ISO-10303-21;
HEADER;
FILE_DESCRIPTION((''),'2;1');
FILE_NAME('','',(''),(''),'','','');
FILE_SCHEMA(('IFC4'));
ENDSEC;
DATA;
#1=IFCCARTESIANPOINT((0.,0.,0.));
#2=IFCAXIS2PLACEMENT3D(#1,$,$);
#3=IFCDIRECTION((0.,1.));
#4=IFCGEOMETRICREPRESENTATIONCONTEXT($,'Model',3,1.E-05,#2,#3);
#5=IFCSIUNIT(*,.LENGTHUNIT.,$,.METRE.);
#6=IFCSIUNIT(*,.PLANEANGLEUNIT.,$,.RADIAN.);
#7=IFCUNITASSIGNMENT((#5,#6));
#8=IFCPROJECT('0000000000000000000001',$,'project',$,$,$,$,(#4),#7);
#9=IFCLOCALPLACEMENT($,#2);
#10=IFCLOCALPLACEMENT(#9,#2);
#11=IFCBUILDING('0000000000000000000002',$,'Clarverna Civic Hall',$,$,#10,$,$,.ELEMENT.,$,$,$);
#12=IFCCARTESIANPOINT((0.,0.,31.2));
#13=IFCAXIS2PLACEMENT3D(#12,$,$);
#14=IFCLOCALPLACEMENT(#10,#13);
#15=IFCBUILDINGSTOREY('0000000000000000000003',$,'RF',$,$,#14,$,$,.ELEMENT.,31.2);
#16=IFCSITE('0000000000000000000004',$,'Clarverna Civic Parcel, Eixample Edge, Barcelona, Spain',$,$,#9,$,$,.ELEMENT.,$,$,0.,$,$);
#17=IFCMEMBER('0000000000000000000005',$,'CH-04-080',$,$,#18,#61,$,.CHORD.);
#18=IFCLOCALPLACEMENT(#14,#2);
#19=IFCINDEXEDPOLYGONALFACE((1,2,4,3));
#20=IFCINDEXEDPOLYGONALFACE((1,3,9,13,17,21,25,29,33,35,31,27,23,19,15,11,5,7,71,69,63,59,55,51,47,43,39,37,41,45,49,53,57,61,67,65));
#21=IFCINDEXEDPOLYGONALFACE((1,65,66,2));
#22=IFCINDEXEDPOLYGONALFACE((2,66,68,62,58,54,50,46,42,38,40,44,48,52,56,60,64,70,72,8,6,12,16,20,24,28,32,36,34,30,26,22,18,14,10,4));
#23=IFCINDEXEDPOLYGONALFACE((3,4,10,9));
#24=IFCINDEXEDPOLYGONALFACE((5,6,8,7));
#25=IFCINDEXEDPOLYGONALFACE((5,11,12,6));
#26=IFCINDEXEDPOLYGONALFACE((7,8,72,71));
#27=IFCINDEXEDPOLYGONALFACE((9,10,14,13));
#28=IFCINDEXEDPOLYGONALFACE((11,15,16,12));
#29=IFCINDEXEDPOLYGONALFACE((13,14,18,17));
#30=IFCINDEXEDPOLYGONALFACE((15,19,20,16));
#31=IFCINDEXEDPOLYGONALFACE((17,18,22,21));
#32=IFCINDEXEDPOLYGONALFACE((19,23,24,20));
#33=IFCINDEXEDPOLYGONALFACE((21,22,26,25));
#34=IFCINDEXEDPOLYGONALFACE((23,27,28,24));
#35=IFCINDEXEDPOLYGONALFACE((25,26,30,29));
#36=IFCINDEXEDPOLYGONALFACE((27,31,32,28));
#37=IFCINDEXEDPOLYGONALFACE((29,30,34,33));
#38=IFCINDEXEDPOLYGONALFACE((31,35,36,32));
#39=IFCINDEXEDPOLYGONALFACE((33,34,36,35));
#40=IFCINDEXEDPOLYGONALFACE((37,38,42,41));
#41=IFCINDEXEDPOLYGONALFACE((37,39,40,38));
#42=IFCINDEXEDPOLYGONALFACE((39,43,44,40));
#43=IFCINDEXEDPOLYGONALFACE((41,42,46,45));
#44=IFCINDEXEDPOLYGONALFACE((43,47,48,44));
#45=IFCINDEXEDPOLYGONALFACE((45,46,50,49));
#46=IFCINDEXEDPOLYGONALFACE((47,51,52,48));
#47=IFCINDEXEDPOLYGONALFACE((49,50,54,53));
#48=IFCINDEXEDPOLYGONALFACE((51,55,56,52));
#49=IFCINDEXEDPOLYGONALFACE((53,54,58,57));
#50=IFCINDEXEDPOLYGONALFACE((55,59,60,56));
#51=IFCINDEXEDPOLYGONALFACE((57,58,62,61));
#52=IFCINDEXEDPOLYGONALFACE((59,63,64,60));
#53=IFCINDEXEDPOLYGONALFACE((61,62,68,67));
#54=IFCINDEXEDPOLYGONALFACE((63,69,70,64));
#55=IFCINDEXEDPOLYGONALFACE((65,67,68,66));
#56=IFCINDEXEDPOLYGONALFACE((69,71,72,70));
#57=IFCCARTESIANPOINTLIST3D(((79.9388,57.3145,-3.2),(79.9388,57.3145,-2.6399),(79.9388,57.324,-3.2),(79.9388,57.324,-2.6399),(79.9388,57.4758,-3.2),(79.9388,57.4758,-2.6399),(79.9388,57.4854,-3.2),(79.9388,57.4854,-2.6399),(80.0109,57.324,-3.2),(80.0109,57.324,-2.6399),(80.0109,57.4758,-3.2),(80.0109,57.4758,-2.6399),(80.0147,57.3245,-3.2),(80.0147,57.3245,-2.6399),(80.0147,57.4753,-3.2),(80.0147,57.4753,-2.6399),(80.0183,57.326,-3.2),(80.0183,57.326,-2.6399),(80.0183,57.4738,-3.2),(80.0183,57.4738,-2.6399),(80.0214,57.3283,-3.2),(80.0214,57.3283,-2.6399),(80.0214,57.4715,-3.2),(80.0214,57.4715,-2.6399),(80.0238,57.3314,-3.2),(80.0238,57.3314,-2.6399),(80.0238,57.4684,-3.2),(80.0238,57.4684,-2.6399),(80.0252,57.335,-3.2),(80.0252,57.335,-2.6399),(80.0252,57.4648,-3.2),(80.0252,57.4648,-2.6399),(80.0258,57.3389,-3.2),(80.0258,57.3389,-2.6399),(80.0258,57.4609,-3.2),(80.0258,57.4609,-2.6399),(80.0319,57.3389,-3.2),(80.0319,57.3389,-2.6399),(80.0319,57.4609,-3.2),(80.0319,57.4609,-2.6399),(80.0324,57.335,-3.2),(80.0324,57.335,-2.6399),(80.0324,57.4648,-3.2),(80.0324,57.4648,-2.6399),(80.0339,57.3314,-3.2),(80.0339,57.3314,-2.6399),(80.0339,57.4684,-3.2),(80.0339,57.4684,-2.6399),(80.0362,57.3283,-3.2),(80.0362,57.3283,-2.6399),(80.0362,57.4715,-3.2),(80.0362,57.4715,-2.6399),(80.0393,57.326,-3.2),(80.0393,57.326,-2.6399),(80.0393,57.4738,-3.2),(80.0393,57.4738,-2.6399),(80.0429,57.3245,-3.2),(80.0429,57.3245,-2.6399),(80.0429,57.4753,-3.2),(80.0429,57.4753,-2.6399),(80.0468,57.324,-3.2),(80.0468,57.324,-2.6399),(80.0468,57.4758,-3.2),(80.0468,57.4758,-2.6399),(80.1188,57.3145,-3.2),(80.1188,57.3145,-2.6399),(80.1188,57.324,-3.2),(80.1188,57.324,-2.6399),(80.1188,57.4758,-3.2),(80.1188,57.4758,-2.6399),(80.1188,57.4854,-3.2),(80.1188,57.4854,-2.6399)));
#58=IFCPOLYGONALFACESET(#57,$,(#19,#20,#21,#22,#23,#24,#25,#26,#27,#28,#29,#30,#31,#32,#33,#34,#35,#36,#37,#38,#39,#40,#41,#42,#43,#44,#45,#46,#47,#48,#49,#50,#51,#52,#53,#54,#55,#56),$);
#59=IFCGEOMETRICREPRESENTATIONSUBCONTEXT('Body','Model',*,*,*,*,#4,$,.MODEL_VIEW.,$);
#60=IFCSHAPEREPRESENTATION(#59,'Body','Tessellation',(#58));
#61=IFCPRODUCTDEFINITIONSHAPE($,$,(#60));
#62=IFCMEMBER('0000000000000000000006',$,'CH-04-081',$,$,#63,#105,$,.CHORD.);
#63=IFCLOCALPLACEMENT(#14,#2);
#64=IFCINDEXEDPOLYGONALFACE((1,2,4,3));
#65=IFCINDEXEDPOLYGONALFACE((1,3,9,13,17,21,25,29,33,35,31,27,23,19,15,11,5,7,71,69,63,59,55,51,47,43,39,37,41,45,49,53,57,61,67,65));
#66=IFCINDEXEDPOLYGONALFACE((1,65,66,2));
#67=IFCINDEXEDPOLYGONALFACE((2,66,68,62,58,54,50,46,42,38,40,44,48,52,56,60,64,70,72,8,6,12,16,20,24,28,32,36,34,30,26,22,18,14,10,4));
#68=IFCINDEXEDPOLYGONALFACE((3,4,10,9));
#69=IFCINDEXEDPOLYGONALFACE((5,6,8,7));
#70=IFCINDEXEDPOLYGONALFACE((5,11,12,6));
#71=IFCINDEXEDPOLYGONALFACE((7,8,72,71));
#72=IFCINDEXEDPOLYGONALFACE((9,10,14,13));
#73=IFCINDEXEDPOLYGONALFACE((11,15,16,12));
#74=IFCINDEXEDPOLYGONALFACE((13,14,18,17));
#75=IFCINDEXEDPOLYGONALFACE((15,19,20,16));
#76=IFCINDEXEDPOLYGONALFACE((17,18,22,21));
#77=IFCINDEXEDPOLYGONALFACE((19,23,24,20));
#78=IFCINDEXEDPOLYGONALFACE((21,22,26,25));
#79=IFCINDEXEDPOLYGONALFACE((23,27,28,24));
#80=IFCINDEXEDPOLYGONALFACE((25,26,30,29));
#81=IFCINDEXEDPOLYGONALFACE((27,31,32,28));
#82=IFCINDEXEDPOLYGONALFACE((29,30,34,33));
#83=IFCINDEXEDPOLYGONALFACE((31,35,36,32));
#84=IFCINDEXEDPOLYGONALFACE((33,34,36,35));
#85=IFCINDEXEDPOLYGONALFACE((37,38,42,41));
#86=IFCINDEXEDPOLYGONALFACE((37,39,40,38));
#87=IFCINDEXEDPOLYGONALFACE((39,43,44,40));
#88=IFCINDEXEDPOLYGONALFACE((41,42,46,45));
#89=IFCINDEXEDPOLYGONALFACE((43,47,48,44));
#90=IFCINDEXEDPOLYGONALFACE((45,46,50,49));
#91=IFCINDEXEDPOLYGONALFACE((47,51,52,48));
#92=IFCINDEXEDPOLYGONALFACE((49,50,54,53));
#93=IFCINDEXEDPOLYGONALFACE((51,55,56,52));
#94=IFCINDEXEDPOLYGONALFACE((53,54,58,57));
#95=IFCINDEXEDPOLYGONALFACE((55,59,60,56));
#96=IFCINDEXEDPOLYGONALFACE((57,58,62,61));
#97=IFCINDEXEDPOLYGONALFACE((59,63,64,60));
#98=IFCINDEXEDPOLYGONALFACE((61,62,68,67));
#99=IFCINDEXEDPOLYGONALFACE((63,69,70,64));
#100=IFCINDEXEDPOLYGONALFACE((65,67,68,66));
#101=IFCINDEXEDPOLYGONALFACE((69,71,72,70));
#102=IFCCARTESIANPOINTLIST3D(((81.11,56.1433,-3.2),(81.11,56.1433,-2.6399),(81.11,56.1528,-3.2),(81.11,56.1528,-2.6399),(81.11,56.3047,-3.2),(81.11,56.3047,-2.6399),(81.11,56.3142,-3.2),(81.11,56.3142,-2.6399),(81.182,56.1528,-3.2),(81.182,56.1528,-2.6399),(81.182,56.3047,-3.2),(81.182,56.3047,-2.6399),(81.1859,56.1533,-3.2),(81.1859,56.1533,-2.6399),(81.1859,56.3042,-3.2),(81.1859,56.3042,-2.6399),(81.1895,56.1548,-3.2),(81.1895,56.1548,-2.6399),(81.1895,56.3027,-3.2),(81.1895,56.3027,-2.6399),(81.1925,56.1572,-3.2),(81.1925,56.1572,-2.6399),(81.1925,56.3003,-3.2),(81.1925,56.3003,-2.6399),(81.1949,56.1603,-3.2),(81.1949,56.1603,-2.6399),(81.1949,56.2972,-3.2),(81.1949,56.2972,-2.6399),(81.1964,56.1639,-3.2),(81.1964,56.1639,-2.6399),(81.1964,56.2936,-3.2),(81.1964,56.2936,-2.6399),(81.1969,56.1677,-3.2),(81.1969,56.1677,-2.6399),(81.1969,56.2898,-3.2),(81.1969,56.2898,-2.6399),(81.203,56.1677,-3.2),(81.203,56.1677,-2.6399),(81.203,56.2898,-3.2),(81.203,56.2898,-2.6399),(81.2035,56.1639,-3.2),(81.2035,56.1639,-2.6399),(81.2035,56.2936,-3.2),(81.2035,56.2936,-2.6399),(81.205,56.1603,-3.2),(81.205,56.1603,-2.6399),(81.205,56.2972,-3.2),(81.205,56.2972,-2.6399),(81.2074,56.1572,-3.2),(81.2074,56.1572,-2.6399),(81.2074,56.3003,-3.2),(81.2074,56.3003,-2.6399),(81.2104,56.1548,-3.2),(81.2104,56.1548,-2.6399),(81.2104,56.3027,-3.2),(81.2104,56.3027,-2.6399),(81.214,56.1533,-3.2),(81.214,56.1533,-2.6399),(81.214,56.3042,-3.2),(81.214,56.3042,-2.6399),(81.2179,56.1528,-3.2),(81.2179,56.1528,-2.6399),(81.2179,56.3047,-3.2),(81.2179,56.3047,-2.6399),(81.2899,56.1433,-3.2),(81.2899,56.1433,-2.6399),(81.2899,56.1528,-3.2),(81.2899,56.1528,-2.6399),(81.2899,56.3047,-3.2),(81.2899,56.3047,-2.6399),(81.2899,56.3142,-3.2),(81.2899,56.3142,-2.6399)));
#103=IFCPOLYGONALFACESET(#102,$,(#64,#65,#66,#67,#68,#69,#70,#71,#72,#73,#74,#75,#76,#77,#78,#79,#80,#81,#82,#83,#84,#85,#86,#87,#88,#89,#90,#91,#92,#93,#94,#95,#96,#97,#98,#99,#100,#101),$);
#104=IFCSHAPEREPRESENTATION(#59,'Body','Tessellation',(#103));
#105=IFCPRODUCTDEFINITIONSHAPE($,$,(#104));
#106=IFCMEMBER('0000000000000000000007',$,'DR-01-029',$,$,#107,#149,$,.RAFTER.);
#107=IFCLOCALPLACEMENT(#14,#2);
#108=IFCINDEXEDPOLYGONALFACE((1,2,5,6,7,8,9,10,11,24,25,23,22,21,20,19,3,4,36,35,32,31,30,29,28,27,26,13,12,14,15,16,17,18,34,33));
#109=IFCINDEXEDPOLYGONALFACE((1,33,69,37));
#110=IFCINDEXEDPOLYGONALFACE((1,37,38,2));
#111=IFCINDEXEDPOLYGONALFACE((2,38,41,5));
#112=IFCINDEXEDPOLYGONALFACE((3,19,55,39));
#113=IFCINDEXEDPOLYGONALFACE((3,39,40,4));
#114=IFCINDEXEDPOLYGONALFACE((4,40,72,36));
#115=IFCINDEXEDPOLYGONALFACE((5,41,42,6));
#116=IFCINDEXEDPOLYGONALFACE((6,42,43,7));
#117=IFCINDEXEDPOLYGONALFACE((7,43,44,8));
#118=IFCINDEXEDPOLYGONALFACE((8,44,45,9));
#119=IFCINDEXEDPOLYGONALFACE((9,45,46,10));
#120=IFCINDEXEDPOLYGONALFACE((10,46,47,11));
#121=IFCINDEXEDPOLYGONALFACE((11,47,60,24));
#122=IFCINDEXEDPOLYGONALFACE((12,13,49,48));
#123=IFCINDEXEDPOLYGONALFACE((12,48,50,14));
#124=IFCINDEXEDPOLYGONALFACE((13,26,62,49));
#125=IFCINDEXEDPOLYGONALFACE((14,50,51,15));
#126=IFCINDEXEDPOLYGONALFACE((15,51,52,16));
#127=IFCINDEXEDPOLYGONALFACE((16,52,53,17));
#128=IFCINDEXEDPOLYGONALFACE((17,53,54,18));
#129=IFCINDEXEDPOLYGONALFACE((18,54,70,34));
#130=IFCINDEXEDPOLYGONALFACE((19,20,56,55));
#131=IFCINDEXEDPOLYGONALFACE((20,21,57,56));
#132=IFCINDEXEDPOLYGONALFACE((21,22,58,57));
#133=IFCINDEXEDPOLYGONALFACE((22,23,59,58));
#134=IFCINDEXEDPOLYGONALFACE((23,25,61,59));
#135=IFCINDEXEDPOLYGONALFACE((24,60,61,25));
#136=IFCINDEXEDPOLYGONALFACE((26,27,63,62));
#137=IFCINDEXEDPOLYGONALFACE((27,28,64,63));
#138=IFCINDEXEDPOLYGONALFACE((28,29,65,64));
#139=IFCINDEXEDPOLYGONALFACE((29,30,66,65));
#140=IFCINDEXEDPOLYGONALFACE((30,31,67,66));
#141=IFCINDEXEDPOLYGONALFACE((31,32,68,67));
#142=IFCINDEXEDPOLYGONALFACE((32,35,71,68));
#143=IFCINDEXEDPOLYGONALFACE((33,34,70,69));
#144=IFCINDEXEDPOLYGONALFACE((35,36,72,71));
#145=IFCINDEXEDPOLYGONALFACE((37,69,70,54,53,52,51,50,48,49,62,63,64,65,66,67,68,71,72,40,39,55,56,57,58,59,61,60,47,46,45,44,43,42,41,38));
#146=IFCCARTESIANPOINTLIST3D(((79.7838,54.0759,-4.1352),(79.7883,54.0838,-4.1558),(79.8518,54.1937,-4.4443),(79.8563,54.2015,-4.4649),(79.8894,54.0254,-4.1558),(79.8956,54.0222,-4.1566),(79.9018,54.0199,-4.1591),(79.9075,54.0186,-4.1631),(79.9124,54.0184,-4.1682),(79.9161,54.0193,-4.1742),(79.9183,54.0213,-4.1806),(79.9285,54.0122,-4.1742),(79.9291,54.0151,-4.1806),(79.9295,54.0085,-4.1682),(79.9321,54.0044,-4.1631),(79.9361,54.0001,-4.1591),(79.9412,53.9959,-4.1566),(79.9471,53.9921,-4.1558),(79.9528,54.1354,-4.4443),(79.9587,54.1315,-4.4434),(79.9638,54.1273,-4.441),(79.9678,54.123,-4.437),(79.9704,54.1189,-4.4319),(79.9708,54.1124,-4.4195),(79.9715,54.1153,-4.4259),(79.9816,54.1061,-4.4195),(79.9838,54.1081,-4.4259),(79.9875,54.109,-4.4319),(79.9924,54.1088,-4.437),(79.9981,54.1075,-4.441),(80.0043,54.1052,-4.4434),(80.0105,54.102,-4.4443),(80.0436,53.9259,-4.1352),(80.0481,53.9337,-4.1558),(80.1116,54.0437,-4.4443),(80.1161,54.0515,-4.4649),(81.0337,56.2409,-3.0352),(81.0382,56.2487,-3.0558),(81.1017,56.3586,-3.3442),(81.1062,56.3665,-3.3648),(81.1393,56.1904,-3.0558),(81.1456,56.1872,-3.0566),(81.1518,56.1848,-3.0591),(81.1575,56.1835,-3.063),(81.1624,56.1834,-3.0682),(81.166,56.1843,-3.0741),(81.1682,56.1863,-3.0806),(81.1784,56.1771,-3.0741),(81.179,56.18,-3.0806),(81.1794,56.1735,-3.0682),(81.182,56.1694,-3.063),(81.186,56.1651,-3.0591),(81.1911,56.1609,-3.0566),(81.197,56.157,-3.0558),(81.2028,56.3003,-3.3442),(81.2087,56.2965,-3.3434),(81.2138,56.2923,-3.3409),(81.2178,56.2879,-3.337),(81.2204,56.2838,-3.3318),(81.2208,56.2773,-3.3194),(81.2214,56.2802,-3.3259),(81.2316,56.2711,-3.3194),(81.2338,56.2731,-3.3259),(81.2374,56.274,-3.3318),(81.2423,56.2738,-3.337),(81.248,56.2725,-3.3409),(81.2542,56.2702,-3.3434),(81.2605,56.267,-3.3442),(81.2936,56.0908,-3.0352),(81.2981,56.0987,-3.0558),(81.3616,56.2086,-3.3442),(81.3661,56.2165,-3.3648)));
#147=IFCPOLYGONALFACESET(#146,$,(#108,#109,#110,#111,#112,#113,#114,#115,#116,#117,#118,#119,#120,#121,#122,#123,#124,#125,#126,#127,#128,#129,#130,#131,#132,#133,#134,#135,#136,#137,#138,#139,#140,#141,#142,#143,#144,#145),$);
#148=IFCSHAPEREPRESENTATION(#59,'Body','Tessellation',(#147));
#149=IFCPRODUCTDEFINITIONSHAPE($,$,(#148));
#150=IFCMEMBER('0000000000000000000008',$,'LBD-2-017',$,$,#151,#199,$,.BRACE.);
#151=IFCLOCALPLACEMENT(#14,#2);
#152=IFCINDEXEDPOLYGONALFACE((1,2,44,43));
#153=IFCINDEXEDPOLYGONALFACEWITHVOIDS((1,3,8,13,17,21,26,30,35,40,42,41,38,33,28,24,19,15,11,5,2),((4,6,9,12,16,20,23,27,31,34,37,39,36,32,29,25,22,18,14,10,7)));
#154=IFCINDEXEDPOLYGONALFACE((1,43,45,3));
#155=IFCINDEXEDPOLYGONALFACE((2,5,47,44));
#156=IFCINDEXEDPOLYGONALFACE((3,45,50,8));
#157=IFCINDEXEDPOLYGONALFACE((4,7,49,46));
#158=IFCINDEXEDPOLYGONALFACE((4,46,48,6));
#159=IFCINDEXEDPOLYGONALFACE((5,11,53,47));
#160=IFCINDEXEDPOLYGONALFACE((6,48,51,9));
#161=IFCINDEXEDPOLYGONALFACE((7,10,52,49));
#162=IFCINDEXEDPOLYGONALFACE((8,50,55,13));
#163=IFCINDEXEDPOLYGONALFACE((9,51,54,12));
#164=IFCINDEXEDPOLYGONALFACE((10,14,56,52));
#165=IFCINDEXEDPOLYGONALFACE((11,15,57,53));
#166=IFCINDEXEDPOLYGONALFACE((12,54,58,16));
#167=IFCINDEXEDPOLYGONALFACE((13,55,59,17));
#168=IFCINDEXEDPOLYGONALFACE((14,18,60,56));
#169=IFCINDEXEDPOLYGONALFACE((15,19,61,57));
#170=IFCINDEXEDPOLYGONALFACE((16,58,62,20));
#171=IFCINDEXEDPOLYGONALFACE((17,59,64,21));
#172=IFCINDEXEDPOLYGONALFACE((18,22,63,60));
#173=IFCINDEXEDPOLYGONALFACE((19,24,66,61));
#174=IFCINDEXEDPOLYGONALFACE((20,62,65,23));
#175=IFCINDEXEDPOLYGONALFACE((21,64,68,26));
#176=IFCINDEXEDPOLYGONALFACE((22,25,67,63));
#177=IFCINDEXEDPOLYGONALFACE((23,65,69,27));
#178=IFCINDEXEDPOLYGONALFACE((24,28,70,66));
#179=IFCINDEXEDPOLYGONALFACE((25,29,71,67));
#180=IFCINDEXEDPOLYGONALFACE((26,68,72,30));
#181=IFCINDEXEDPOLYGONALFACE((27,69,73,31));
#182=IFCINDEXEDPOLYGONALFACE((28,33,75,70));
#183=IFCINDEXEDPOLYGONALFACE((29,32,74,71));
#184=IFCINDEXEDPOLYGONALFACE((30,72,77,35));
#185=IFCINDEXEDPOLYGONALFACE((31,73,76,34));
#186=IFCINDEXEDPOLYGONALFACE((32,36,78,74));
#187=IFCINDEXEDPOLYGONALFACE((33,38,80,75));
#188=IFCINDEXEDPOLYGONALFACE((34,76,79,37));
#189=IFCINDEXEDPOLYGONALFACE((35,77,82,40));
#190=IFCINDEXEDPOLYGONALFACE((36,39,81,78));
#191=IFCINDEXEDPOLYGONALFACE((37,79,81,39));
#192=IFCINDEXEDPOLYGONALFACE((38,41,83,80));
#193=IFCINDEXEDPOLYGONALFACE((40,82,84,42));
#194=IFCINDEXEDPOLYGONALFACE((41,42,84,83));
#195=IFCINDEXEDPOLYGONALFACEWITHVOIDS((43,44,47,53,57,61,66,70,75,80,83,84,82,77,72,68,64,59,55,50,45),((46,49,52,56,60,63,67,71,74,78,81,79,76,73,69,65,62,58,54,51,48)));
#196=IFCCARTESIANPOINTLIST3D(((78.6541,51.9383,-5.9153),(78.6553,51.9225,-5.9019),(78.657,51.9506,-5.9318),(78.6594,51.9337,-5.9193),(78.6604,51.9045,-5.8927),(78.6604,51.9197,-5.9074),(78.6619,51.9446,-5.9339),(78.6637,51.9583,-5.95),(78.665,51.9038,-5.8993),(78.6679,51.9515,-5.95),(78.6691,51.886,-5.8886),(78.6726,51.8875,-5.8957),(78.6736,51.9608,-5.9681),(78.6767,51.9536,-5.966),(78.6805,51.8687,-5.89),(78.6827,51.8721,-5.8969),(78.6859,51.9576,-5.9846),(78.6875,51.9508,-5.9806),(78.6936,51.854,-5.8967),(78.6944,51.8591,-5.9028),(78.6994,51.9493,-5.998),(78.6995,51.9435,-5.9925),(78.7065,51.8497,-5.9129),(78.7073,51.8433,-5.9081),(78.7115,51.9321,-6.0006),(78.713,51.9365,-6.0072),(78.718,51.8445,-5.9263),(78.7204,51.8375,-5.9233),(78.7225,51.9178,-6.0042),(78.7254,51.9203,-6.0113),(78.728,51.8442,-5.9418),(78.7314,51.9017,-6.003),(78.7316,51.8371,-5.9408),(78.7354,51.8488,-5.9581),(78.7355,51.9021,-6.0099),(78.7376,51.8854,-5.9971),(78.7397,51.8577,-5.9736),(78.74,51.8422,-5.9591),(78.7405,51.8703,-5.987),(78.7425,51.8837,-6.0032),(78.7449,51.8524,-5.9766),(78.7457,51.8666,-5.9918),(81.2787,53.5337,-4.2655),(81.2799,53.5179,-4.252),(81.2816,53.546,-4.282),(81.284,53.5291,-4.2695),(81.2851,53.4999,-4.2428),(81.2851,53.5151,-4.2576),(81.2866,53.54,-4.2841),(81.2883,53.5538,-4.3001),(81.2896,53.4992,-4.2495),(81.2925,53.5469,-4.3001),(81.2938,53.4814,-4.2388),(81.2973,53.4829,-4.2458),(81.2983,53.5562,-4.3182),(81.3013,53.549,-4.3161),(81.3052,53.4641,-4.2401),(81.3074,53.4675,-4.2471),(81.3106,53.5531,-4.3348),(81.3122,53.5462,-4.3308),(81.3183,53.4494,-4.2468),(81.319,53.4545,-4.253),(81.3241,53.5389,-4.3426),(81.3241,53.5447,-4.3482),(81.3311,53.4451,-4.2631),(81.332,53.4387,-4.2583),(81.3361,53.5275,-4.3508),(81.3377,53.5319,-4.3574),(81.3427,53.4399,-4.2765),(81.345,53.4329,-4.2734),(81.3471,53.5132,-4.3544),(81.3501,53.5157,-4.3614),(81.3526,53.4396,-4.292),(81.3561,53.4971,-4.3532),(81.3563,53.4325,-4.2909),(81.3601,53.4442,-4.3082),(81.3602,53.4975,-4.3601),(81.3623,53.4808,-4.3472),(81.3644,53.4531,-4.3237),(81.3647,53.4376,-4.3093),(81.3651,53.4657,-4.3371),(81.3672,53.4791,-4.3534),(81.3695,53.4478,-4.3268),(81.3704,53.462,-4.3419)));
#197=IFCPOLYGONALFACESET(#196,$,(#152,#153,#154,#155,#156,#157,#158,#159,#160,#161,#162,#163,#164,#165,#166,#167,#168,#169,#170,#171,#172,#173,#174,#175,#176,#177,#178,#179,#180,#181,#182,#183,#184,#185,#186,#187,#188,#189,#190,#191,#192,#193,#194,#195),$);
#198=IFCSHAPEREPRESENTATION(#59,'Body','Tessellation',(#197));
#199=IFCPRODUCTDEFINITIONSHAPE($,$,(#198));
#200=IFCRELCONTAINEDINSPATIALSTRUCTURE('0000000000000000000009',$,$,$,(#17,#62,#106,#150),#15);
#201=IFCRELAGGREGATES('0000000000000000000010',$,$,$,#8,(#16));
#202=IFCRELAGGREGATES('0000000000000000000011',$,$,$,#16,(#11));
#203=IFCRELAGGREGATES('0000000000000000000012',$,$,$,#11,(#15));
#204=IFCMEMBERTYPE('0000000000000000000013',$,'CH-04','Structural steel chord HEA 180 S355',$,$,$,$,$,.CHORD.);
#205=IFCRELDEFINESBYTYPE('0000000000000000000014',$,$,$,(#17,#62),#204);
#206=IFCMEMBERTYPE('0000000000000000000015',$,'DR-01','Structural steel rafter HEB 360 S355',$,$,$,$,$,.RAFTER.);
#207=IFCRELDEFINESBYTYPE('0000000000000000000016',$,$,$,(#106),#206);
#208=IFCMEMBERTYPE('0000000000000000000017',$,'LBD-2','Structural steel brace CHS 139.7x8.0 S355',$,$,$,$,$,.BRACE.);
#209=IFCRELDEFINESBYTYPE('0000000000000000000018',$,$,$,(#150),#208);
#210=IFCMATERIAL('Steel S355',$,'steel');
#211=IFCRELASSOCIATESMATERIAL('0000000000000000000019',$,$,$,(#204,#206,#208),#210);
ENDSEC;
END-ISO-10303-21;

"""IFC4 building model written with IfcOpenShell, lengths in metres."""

from ifc_helpers import new_model, si_unit, direction, frame, origin, origin_2d, place, context, subcontext, project, spatial, hollow_circle, i_section, extrude, material, material_profile, profile_set, type_object, element, save


model = new_model("IFC4")

# Units and contexts
model_context = context("Model", 3, precision=1e-05, world=origin(), true_north=direction((0.0, 1.0)))
body_context = subcontext(model_context, "Body", "Model", "MODEL_VIEW")
ifc_project = project(units=[si_unit("LENGTHUNIT", "METRE"), si_unit("PLANEANGLEUNIT", "RADIAN")], contexts=[model_context])

# Site, building, storey
site_placement = place(None, origin())
site = spatial("IfcSite", under=ifc_project, at=site_placement, Name="Clarverna Civic Parcel, Eixample Edge, Barcelona, Spain", CompositionType="ELEMENT", RefElevation=0.0)
building_placement = place(site_placement, origin())
building = spatial("IfcBuilding", under=site, at=building_placement, Name="Clarverna Civic Hall", CompositionType="ELEMENT")
storey_placement = place(building_placement, frame((0.0, 0.0, 31.2)))
storey = spatial("IfcBuildingStorey", under=building, at=storey_placement, Name="RF", CompositionType="ELEMENT", Elevation=31.2)

# Members
ifc_material_1 = material(Name="Steel S355", Category="steel")
ifc_material_profile_1 = material_profile(ifc_material_1, i_section(OverallWidth=0.1799, OverallDepth=0.1709, WebThickness=0.0061, FlangeThickness=0.0095, FilletRadius=0.0149, at=origin_2d()), Name="HEA 180")
ifc_profile_set_1 = profile_set([ifc_material_profile_1], Name="Steel S355")
member_type_1 = type_object("IfcMemberType", Name="CH-04", Description="Structural steel chord HEA 180 S355", PredefinedType="CHORD", material=ifc_profile_set_1)
for number, where, z_axis, x_axis, name in (
    (1, (80.0288, 57.3999, -3.2), (0.0, 0.0, 1.0), (1.0, 0.0, 0.0), "CH-04-080"),
    (2, (81.2, 56.2288, -3.2), (0.0, 0.0, 1.0), (1.0, 0.0, 0.0), "CH-04-081"),
):
    element("IfcMember", number, at=place(storey_placement, frame(where, z_axis=z_axis, x_axis=x_axis)), inside=storey, type_object=member_type_1, Name=name, PredefinedType="CHORD", context=body_context, shape_type="SweptSolid", body=[
        extrude(i_section(OverallWidth=0.1799, OverallDepth=0.1709, WebThickness=0.0061, FlangeThickness=0.0095, FilletRadius=0.0149, at=origin_2d()), origin(), (0.0, 0.0, 1.0), 0.5601),
    ])
ifc_material_profile_2 = material_profile(ifc_material_1, i_section(OverallWidth=0.3, OverallDepth=0.3601, WebThickness=0.0125, FlangeThickness=0.0225, FilletRadius=0.0271, at=origin_2d()), Name="HEB 360")
ifc_profile_set_2 = profile_set([ifc_material_profile_2], Name="Steel S355")
member_type_2 = type_object("IfcMemberType", Name="DR-01", Description="Structural steel rafter HEB 360 S355", PredefinedType="RAFTER", material=ifc_profile_set_2)
member_1_placement = place(storey_placement, frame((79.95, 54.0637, -4.3), z_axis=(0.457654, 0.792671, 0.402771), x_axis=(-0.866023, 0.500004, 0.0)))
element("IfcMember", 3, at=member_1_placement, inside=storey, type_object=member_type_2, Name="DR-01-029", PredefinedType="RAFTER", context=body_context, shape_type="SweptSolid", body=[
    extrude(i_section(OverallWidth=0.3, OverallDepth=0.3601, WebThickness=0.0125, FlangeThickness=0.0225, FilletRadius=0.0271, at=origin_2d()), origin(), (0.0, 0.0, 1.0), 2.7312),
])
ifc_material_profile_3 = material_profile(ifc_material_1, hollow_circle(Radius=0.0698, WallThickness=0.0081, at=origin_2d()), Name="CHS 139.7x8.0")
ifc_profile_set_3 = profile_set([ifc_material_profile_3], Name="Steel S355")
member_type_3 = type_object("IfcMemberType", Name="LBD-2", Description="Structural steel brace CHS 139.7x8.0 S355", PredefinedType="BRACE", material=ifc_profile_set_3)
member_2_placement = place(storey_placement, frame((78.7, 51.8987, -5.95), z_axis=(0.752793, 0.457585, 0.4732), x_axis=(-0.51942, 0.854519, 0.0)))
element("IfcMember", 4, at=member_2_placement, inside=storey, type_object=member_type_3, Name="LBD-2-017", PredefinedType="BRACE", context=body_context, shape_type="SweptSolid", body=[
    extrude(hollow_circle(Radius=0.0698, WallThickness=0.0081, at=origin_2d()), origin(), (0.0, 0.0, 1.0), 3.4866),
])

save(model, "model.ifc")
